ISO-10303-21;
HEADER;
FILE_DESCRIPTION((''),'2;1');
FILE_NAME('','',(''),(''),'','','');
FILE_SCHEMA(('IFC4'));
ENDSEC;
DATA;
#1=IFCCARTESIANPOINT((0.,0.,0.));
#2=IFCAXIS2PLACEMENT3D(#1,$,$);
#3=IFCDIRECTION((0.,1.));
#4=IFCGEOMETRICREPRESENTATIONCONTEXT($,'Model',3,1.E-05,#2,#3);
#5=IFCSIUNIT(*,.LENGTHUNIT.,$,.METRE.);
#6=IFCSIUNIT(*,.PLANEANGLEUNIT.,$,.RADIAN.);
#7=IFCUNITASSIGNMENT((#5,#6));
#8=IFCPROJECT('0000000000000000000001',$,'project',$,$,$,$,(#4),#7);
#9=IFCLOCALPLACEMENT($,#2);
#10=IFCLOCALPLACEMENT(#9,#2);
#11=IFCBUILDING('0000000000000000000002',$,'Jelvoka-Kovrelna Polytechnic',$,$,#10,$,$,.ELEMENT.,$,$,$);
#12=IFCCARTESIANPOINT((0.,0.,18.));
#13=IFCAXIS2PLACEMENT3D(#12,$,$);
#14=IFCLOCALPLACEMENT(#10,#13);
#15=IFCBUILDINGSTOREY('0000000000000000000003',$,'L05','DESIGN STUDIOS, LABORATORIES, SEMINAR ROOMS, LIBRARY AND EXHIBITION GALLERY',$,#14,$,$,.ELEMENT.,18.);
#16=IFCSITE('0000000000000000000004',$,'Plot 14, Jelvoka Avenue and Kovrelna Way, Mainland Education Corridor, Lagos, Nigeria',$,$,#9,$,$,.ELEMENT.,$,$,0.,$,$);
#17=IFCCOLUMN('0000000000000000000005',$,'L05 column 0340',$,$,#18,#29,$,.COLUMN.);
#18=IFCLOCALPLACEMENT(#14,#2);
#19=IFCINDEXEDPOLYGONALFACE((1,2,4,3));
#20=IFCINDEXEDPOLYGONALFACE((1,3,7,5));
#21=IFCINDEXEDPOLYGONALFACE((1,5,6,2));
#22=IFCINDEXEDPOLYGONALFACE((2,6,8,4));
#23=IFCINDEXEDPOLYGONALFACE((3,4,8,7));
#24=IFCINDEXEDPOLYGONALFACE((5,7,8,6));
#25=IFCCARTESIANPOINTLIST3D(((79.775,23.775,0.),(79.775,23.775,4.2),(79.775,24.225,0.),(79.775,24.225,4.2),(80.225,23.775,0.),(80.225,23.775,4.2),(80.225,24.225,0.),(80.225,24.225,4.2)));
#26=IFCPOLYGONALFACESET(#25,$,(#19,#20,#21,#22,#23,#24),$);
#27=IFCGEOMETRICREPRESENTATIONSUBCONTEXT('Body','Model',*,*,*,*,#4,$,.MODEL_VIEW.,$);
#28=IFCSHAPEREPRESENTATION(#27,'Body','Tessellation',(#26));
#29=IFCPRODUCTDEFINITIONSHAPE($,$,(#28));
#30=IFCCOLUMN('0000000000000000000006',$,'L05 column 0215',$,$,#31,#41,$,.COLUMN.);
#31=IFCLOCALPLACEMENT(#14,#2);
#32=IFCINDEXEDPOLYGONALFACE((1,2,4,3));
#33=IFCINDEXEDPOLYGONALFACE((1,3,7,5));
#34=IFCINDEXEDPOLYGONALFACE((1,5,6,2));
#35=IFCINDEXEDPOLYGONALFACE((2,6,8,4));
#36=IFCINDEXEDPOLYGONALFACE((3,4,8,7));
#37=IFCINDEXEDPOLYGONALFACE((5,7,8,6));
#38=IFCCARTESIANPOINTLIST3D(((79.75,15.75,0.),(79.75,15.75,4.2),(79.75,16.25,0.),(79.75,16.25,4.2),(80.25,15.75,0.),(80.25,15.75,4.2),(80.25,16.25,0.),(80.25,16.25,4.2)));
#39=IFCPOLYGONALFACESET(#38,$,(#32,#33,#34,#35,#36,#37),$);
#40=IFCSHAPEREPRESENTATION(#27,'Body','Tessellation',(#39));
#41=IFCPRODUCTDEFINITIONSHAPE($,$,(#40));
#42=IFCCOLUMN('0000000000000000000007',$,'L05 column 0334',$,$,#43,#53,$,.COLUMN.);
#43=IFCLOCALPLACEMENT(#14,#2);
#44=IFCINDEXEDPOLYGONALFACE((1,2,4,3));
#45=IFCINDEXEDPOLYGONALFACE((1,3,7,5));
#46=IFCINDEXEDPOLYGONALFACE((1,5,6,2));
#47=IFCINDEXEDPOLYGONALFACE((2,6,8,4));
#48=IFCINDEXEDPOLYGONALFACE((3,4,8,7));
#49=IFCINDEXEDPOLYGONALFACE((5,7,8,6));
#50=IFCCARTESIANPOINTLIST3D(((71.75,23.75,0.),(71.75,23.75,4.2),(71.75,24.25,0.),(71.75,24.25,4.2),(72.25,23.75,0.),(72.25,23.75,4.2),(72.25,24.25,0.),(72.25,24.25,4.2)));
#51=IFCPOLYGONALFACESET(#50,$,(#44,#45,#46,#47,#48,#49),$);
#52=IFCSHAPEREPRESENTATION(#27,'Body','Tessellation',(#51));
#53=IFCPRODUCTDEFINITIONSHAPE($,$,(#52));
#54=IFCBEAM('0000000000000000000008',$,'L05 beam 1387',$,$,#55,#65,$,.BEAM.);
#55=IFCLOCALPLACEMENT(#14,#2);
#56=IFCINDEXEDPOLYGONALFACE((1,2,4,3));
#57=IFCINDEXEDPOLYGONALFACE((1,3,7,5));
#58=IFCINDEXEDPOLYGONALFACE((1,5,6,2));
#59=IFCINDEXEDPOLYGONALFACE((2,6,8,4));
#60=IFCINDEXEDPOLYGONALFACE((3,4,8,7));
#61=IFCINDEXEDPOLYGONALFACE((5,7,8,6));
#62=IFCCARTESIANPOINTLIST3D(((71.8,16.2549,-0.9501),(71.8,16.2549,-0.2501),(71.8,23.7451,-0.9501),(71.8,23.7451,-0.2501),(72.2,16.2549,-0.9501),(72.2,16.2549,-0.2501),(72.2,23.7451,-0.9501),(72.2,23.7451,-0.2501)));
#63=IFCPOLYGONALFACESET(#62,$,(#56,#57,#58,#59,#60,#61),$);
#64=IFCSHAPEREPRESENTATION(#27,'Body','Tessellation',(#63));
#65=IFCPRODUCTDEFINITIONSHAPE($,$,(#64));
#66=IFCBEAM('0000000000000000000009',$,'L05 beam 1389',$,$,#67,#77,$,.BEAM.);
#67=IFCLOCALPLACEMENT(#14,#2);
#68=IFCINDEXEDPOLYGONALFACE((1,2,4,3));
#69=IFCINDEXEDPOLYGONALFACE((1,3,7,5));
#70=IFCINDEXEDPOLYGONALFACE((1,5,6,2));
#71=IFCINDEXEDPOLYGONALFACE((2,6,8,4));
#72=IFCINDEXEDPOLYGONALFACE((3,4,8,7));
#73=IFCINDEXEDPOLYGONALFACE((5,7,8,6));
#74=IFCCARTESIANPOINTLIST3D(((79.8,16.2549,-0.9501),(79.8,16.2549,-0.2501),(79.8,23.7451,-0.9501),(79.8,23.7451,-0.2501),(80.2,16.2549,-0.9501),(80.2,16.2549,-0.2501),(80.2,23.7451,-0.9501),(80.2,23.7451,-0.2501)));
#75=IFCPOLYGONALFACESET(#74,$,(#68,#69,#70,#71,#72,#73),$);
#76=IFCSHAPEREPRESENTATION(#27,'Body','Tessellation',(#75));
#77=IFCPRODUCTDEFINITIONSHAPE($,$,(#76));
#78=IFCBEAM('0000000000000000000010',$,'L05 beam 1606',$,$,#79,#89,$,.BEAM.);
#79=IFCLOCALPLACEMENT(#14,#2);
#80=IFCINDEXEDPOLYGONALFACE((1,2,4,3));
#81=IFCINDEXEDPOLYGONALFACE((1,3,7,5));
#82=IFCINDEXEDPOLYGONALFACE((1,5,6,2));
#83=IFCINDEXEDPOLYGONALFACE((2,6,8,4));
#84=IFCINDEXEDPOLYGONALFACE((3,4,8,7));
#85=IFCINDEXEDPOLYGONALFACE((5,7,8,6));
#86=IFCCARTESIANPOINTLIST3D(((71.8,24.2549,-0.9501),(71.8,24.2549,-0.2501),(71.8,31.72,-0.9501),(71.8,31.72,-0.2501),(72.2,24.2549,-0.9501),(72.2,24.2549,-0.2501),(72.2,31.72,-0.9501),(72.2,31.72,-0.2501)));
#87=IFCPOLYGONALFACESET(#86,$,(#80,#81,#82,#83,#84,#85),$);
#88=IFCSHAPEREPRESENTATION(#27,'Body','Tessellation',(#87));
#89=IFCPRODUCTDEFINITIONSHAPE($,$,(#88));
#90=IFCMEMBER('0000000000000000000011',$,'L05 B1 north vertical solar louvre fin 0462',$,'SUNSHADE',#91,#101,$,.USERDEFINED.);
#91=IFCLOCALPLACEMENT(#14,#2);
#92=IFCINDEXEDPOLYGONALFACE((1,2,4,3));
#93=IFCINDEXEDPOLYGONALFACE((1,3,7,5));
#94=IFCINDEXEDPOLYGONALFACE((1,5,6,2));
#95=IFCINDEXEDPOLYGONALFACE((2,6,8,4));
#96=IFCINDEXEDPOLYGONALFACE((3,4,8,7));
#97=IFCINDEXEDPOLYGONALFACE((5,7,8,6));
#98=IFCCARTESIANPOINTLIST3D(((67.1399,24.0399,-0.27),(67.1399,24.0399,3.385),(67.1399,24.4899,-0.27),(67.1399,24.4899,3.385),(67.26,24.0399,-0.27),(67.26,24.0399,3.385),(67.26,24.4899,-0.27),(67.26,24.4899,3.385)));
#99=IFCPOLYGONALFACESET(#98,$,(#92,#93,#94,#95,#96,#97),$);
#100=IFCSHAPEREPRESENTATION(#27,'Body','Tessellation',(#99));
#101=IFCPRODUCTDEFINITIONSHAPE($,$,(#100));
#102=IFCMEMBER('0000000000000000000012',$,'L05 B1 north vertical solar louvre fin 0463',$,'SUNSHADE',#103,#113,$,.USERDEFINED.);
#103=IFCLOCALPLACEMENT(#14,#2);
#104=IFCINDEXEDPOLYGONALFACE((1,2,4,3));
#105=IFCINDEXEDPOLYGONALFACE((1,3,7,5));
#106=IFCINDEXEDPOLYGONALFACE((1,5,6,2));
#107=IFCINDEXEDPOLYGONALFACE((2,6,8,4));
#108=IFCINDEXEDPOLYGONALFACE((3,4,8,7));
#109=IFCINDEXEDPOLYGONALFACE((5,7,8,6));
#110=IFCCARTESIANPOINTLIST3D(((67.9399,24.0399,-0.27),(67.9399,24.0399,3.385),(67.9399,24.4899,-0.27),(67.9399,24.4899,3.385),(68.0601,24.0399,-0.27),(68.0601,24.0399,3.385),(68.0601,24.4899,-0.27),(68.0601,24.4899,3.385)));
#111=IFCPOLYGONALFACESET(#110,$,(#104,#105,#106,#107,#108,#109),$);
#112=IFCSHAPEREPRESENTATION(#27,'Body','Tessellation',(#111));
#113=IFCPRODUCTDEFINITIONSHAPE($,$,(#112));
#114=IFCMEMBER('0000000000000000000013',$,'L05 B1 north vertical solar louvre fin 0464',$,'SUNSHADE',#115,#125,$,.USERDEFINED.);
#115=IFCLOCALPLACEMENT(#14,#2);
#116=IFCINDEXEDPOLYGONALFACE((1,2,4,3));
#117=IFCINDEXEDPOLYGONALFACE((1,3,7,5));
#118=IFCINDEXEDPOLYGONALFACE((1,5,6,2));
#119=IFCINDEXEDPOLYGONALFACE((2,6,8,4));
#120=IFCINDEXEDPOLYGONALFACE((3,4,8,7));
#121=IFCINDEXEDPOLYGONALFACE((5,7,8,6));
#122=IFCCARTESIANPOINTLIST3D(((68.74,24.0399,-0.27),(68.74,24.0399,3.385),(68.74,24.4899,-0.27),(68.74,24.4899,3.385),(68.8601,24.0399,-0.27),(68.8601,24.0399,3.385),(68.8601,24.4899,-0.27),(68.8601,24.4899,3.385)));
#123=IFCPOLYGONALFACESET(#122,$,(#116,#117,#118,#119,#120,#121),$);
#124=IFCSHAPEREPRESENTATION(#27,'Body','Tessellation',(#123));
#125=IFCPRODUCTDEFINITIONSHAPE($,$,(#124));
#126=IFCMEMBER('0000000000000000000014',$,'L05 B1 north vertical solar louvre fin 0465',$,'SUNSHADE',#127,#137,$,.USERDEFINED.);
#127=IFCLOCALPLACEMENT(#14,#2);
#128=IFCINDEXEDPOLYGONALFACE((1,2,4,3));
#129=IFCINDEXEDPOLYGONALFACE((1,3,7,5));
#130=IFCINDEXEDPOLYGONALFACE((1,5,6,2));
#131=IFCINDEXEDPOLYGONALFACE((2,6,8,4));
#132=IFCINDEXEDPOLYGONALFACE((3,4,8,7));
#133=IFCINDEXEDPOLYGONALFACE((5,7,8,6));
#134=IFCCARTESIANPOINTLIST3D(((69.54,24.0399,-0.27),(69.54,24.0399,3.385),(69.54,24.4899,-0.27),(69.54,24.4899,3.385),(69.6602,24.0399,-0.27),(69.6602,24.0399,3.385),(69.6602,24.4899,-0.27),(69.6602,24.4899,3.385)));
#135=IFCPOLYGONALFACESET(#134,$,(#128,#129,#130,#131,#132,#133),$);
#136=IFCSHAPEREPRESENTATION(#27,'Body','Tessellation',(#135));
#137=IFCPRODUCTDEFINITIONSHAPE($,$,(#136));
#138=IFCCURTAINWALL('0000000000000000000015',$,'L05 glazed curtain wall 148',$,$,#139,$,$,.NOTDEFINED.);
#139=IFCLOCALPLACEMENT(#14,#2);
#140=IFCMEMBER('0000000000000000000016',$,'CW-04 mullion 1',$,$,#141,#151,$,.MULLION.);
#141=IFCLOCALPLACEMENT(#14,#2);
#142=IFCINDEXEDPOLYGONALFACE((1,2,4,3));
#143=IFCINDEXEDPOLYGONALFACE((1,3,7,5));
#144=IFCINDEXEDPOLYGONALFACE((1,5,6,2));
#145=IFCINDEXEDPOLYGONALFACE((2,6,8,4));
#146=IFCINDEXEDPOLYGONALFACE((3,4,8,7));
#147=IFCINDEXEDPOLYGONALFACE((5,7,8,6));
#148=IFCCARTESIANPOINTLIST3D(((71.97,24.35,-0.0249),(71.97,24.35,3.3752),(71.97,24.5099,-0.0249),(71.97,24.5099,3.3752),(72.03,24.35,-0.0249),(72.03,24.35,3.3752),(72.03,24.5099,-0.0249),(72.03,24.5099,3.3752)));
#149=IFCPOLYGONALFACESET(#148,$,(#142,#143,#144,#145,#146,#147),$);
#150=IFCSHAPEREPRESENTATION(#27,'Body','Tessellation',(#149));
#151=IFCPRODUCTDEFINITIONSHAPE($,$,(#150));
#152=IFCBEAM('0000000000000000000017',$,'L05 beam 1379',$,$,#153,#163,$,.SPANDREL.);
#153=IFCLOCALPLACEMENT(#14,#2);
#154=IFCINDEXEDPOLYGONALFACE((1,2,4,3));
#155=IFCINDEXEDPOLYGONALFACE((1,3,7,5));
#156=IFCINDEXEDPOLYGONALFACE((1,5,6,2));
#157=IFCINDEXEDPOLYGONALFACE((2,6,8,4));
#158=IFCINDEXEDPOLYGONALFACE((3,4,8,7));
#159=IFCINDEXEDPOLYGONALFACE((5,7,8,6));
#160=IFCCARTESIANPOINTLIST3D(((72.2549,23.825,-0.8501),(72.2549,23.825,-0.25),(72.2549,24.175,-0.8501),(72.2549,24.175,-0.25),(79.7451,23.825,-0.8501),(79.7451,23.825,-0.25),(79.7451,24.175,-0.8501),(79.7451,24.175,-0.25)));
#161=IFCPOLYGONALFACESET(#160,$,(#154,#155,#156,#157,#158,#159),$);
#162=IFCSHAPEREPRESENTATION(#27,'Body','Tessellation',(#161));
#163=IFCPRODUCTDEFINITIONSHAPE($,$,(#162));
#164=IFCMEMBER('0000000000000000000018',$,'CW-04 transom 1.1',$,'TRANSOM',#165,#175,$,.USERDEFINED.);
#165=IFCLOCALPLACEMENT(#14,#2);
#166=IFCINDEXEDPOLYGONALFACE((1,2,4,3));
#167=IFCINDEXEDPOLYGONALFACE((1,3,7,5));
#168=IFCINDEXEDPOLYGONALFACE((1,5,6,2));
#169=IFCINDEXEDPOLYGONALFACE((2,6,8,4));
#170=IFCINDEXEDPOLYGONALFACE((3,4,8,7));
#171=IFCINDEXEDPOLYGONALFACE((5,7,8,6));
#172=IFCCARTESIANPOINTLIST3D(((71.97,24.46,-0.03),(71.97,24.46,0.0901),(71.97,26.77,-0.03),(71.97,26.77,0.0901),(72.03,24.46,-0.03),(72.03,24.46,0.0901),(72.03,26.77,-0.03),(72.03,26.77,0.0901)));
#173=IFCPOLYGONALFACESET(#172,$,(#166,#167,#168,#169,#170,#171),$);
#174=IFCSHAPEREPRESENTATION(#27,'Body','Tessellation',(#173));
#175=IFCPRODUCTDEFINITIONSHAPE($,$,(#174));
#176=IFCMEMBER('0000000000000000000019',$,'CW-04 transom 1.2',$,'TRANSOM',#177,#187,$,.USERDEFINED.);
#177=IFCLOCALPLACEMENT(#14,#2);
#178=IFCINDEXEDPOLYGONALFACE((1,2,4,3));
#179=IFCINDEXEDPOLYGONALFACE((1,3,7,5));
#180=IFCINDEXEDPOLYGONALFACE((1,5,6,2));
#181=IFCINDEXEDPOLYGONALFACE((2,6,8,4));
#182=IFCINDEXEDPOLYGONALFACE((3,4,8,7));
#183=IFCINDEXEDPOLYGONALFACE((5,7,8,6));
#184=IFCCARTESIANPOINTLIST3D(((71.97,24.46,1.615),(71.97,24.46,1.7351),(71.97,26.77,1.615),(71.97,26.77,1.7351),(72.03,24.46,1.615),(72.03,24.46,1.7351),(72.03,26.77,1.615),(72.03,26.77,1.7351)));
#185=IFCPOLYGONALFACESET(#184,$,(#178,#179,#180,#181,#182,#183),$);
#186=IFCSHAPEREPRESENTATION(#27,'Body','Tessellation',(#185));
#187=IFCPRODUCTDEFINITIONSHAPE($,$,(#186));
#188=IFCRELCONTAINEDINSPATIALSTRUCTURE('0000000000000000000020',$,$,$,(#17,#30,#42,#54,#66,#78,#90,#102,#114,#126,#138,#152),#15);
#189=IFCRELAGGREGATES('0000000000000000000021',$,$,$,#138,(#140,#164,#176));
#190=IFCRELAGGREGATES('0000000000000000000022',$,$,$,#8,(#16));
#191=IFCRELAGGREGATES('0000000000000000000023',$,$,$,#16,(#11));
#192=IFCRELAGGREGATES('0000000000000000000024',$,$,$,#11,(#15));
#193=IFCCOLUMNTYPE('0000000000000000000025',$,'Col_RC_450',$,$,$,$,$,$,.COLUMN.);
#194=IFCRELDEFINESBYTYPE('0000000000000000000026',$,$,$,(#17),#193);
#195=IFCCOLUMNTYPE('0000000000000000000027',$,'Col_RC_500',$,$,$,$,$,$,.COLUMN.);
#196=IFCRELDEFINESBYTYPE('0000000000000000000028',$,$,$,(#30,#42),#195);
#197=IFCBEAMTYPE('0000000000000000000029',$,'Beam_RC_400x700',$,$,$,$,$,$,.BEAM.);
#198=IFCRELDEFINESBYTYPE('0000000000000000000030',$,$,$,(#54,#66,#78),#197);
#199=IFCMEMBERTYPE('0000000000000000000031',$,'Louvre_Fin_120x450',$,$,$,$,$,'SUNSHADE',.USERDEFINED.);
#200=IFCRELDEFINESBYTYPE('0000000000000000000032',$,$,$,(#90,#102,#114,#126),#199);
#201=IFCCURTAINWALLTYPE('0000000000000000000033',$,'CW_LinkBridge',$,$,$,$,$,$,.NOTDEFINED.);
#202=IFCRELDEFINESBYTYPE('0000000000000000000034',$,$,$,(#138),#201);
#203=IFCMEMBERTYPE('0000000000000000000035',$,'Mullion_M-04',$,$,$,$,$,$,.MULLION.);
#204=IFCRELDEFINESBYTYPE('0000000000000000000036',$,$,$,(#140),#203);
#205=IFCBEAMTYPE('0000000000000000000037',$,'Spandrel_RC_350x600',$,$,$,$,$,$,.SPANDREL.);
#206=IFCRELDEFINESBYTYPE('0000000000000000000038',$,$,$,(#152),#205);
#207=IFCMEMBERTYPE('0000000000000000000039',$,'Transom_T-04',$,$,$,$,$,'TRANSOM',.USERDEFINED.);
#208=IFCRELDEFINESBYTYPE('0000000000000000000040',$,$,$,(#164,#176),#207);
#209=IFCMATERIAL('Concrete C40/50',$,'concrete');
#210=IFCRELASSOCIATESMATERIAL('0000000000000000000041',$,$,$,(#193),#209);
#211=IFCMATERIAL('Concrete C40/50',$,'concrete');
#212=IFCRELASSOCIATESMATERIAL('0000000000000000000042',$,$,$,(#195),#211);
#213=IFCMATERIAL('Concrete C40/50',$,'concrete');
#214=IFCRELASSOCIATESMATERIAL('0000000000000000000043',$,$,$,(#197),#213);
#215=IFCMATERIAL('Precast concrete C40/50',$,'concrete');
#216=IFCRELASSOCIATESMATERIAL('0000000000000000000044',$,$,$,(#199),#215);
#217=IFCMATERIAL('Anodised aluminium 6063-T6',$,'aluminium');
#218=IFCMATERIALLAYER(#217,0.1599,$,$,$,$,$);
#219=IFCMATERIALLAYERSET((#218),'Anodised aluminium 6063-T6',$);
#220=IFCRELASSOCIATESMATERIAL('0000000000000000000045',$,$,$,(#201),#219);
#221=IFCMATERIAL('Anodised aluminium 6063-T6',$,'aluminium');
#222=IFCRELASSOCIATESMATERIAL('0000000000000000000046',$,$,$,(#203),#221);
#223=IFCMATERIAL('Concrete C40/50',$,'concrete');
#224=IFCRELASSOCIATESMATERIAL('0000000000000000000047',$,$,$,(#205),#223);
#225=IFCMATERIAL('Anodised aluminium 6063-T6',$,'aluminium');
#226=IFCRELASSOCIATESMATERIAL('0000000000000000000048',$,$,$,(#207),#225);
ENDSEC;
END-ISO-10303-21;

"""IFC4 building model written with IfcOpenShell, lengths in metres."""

from ifc_helpers import new_model, si_unit, direction, frame, origin, origin_2d, place, context, subcontext, project, spatial, rectangle, extrude, material, layer, layer_set, material_profile, profile_set, type_object, element, aggregate, save


model = new_model("IFC4")

# Units and contexts
model_context = context("Model", 3, precision=1e-05, world=origin(), true_north=direction((0.0, 1.0)))
body_context = subcontext(model_context, "Body", "Model", "MODEL_VIEW")
ifc_project = project(units=[si_unit("LENGTHUNIT", "METRE"), si_unit("PLANEANGLEUNIT", "RADIAN")], contexts=[model_context])

# Site, building, storey
site_placement = place(None, origin())
site = spatial("IfcSite", under=ifc_project, at=site_placement, Name="Plot 14, Jelvoka Avenue and Kovrelna Way, Mainland Education Corridor, Lagos, Nigeria", CompositionType="ELEMENT", RefElevation=0.0)
building_placement = place(site_placement, origin())
building = spatial("IfcBuilding", under=site, at=building_placement, Name="Jelvoka-Kovrelna Polytechnic", CompositionType="ELEMENT")
storey_placement = place(building_placement, frame((0.0, 0.0, 18.0)))
storey = spatial("IfcBuildingStorey", under=building, at=storey_placement, Name="L05", Description="DESIGN STUDIOS, LABORATORIES, SEMINAR ROOMS, LIBRARY AND EXHIBITION GALLERY", CompositionType="ELEMENT", Elevation=18.0)

# Columns
ifc_material_1 = material(Name="Concrete C40/50", Category="concrete")
ifc_material_profile_1 = material_profile(ifc_material_1, rectangle(XDim=0.45, YDim=0.45, at=origin_2d()), Name="RC 450x450")
ifc_profile_set_1 = profile_set([ifc_material_profile_1], Name="Concrete C40/50")
column_type_1 = type_object("IfcColumnType", Name="Col_RC_450", PredefinedType="COLUMN", material=ifc_profile_set_1)
column_placement = place(storey_placement, frame((80.0, 24.0, 0.0), z_axis=(0.0, 0.0, 1.0), x_axis=(1.0, 0.0, 0.0)))
element("IfcColumn", 1, at=column_placement, inside=storey, type_object=column_type_1, Name="L05 column 0340", PredefinedType="COLUMN", context=body_context, shape_type="SweptSolid", body=[
    extrude(rectangle(XDim=0.45, YDim=0.45, at=origin_2d()), origin(), (0.0, 0.0, 1.0), 4.2),
])
ifc_material_2 = material(Name="Concrete C40/50", Category="concrete")
ifc_material_profile_2 = material_profile(ifc_material_2, rectangle(XDim=0.5, YDim=0.5, at=origin_2d()), Name="RC 500x500")
ifc_profile_set_2 = profile_set([ifc_material_profile_2], Name="Concrete C40/50")
column_type_2 = type_object("IfcColumnType", Name="Col_RC_500", PredefinedType="COLUMN", material=ifc_profile_set_2)
for number, where, z_axis, x_axis, name in (
    (2, (80.0, 16.0, 0.0), (0.0, 0.0, 1.0), (1.0, 0.0, 0.0), "L05 column 0215"),
    (3, (72.0, 24.0, 0.0), (0.0, 0.0, 1.0), (1.0, 0.0, 0.0), "L05 column 0334"),
):
    element("IfcColumn", number, at=place(storey_placement, frame(where, z_axis=z_axis, x_axis=x_axis)), inside=storey, type_object=column_type_2, Name=name, PredefinedType="COLUMN", context=body_context, shape_type="SweptSolid", body=[
        extrude(rectangle(XDim=0.5, YDim=0.5, at=origin_2d()), origin(), (0.0, 0.0, 1.0), 4.2),
    ])

# Beams
ifc_material_3 = material(Name="Concrete C40/50", Category="concrete")
ifc_material_profile_3 = material_profile(ifc_material_3, rectangle(XDim=0.3999, YDim=0.7, at=origin_2d()), Name="RC 400x700")
ifc_profile_set_3 = profile_set([ifc_material_profile_3], Name="Concrete C40/50")
beam_type_1 = type_object("IfcBeamType", Name="Beam_RC_400x700", PredefinedType="BEAM", material=ifc_profile_set_3)
for number, where, z_axis, x_axis, name in (
    (4, (72.0, 16.2549, -0.6001), (0.0, 1.0, 0.0), (-1.0, 0.0, 0.0), "L05 beam 1387"),
    (5, (80.0, 16.2549, -0.6001), (0.0, 1.0, 0.0), (-1.0, 0.0, 0.0), "L05 beam 1389"),
):
    element("IfcBeam", number, at=place(storey_placement, frame(where, z_axis=z_axis, x_axis=x_axis)), inside=storey, type_object=beam_type_1, Name=name, PredefinedType="BEAM", context=body_context, shape_type="SweptSolid", body=[
        extrude(rectangle(XDim=0.3999, YDim=0.7, at=origin_2d()), origin(), (0.0, 0.0, 1.0), 7.4902),
    ])
beam_1_placement = place(storey_placement, frame((72.0, 24.2549, -0.6001), z_axis=(0.0, 1.0, 0.0), x_axis=(-1.0, 0.0, 0.0)))
element("IfcBeam", 6, at=beam_1_placement, inside=storey, type_object=beam_type_1, Name="L05 beam 1606", PredefinedType="BEAM", context=body_context, shape_type="SweptSolid", body=[
    extrude(rectangle(XDim=0.3999, YDim=0.7, at=origin_2d()), origin(), (0.0, 0.0, 1.0), 7.4651),
])

# Members
ifc_material_4 = material(Name="Precast concrete C40/50", Category="concrete")
ifc_material_profile_4 = material_profile(ifc_material_4, rectangle(XDim=0.1201, YDim=0.45, at=origin_2d()), Name="PC 120x450")
ifc_profile_set_4 = profile_set([ifc_material_profile_4], Name="Precast concrete C40/50")
member_type_1 = type_object("IfcMemberType", Name="Louvre_Fin_120x450", ElementType="SUNSHADE", PredefinedType="USERDEFINED", material=ifc_profile_set_4)
for number, where, z_axis, x_axis, name in (
    (7, (67.2, 24.2649, -0.27), (0.0, 0.0, 1.0), (1.0, 0.0, 0.0), "L05 B1 north vertical solar louvre fin 0462"),
    (8, (68.0, 24.2649, -0.27), (0.0, 0.0, 1.0), (1.0, 0.0, 0.0), "L05 B1 north vertical solar louvre fin 0463"),
    (9, (68.8, 24.2649, -0.27), (0.0, 0.0, 1.0), (1.0, 0.0, 0.0), "L05 B1 north vertical solar louvre fin 0464"),
    (10, (69.6001, 24.2649, -0.27), (0.0, 0.0, 1.0), (1.0, 0.0, 0.0), "L05 B1 north vertical solar louvre fin 0465"),
):
    element("IfcMember", number, at=place(storey_placement, frame(where, z_axis=z_axis, x_axis=x_axis)), inside=storey, type_object=member_type_1, Name=name, ObjectType="SUNSHADE", PredefinedType="USERDEFINED", context=body_context, shape_type="SweptSolid", body=[
        extrude(rectangle(XDim=0.1201, YDim=0.45, at=origin_2d()), origin(), (0.0, 0.0, 1.0), 3.655),
    ])

# Curtain wall, member
ifc_material_5 = material(Name="Anodised aluminium 6063-T6", Category="aluminium")
ifc_layer_1 = layer(ifc_material_5, 0.1599)
ifc_layer_set_1 = layer_set([ifc_layer_1], Name="Anodised aluminium 6063-T6")
curtain_wall_type = type_object("IfcCurtainWallType", Name="CW_LinkBridge", PredefinedType="NOTDEFINED", material=ifc_layer_set_1)
curtain_wall_placement = place(storey_placement, origin())
curtain_wall = element("IfcCurtainWall", 11, at=curtain_wall_placement, inside=storey, type_object=curtain_wall_type, Name="L05 glazed curtain wall 148", PredefinedType="NOTDEFINED")
ifc_material_6 = material(Name="Anodised aluminium 6063-T6", Category="aluminium")
ifc_material_profile_5 = material_profile(ifc_material_6, rectangle(XDim=0.0601, YDim=0.1599, at=origin_2d()), Name="ALU 60x160")
ifc_profile_set_5 = profile_set([ifc_material_profile_5], Name="Anodised aluminium 6063-T6")
member_type_2 = type_object("IfcMemberType", Name="Mullion_M-04", PredefinedType="MULLION", material=ifc_profile_set_5)
member_1_placement = place(storey_placement, frame((72.0, 24.4299, -0.0249), z_axis=(0.0, 0.0, 1.0), x_axis=(-1.0, 0.0, 0.0)))
member_1 = element("IfcMember", 12, at=member_1_placement, type_object=member_type_2, Name="CW-04 mullion 1", PredefinedType="MULLION", context=body_context, shape_type="SweptSolid", body=[
    extrude(rectangle(XDim=0.0601, YDim=0.1599, at=origin_2d()), origin(), (0.0, 0.0, 1.0), 3.4001),
])

# Beam
ifc_material_7 = material(Name="Concrete C40/50", Category="concrete")
ifc_material_profile_6 = material_profile(ifc_material_7, rectangle(XDim=0.3501, YDim=0.6001, at=origin_2d()), Name="RC 350x600")
ifc_profile_set_6 = profile_set([ifc_material_profile_6], Name="Concrete C40/50")
beam_type_2 = type_object("IfcBeamType", Name="Spandrel_RC_350x600", PredefinedType="SPANDREL", material=ifc_profile_set_6)
beam_2_placement = place(storey_placement, frame((72.2549, 24.0, -0.55), z_axis=(1.0, 0.0, 0.0), x_axis=(0.0, 1.0, 0.0)))
element("IfcBeam", 13, at=beam_2_placement, inside=storey, type_object=beam_type_2, Name="L05 beam 1379", PredefinedType="SPANDREL", context=body_context, shape_type="SweptSolid", body=[
    extrude(rectangle(XDim=0.3501, YDim=0.6001, at=origin_2d()), origin(), (0.0, 0.0, 1.0), 7.4902),
])

# Members
ifc_material_8 = material(Name="Anodised aluminium 6063-T6", Category="aluminium")
ifc_material_profile_7 = material_profile(ifc_material_8, rectangle(XDim=0.0601, YDim=0.1201, at=origin_2d()), Name="ALU 60x120")
ifc_profile_set_7 = profile_set([ifc_material_profile_7], Name="Anodised aluminium 6063-T6")
member_type_3 = type_object("IfcMemberType", Name="Transom_T-04", ElementType="TRANSOM", PredefinedType="USERDEFINED", material=ifc_profile_set_7)
member_2_placement = place(storey_placement, frame((72.0, 24.46, 0.03), z_axis=(0.0, 1.0, 0.0), x_axis=(-1.0, 0.0, 0.0)))
member_2 = element("IfcMember", 14, at=member_2_placement, type_object=member_type_3, Name="CW-04 transom 1.1", ObjectType="TRANSOM", PredefinedType="USERDEFINED", context=body_context, shape_type="SweptSolid", body=[
    extrude(rectangle(XDim=0.0601, YDim=0.1201, at=origin_2d()), origin(), (0.0, 0.0, 1.0), 2.3101),
])
member_3_placement = place(storey_placement, frame((72.0, 24.46, 1.675), z_axis=(0.0, 1.0, 0.0), x_axis=(-1.0, 0.0, 0.0)))
member_3 = element("IfcMember", 15, at=member_3_placement, type_object=member_type_3, Name="CW-04 transom 1.2", ObjectType="TRANSOM", PredefinedType="USERDEFINED", context=body_context, shape_type="SweptSolid", body=[
    extrude(rectangle(XDim=0.0601, YDim=0.1201, at=origin_2d()), origin(), (0.0, 0.0, 1.0), 2.3101),
])

aggregate(curtain_wall, [member_1, member_2, member_3])

save(model, "model.ifc")
